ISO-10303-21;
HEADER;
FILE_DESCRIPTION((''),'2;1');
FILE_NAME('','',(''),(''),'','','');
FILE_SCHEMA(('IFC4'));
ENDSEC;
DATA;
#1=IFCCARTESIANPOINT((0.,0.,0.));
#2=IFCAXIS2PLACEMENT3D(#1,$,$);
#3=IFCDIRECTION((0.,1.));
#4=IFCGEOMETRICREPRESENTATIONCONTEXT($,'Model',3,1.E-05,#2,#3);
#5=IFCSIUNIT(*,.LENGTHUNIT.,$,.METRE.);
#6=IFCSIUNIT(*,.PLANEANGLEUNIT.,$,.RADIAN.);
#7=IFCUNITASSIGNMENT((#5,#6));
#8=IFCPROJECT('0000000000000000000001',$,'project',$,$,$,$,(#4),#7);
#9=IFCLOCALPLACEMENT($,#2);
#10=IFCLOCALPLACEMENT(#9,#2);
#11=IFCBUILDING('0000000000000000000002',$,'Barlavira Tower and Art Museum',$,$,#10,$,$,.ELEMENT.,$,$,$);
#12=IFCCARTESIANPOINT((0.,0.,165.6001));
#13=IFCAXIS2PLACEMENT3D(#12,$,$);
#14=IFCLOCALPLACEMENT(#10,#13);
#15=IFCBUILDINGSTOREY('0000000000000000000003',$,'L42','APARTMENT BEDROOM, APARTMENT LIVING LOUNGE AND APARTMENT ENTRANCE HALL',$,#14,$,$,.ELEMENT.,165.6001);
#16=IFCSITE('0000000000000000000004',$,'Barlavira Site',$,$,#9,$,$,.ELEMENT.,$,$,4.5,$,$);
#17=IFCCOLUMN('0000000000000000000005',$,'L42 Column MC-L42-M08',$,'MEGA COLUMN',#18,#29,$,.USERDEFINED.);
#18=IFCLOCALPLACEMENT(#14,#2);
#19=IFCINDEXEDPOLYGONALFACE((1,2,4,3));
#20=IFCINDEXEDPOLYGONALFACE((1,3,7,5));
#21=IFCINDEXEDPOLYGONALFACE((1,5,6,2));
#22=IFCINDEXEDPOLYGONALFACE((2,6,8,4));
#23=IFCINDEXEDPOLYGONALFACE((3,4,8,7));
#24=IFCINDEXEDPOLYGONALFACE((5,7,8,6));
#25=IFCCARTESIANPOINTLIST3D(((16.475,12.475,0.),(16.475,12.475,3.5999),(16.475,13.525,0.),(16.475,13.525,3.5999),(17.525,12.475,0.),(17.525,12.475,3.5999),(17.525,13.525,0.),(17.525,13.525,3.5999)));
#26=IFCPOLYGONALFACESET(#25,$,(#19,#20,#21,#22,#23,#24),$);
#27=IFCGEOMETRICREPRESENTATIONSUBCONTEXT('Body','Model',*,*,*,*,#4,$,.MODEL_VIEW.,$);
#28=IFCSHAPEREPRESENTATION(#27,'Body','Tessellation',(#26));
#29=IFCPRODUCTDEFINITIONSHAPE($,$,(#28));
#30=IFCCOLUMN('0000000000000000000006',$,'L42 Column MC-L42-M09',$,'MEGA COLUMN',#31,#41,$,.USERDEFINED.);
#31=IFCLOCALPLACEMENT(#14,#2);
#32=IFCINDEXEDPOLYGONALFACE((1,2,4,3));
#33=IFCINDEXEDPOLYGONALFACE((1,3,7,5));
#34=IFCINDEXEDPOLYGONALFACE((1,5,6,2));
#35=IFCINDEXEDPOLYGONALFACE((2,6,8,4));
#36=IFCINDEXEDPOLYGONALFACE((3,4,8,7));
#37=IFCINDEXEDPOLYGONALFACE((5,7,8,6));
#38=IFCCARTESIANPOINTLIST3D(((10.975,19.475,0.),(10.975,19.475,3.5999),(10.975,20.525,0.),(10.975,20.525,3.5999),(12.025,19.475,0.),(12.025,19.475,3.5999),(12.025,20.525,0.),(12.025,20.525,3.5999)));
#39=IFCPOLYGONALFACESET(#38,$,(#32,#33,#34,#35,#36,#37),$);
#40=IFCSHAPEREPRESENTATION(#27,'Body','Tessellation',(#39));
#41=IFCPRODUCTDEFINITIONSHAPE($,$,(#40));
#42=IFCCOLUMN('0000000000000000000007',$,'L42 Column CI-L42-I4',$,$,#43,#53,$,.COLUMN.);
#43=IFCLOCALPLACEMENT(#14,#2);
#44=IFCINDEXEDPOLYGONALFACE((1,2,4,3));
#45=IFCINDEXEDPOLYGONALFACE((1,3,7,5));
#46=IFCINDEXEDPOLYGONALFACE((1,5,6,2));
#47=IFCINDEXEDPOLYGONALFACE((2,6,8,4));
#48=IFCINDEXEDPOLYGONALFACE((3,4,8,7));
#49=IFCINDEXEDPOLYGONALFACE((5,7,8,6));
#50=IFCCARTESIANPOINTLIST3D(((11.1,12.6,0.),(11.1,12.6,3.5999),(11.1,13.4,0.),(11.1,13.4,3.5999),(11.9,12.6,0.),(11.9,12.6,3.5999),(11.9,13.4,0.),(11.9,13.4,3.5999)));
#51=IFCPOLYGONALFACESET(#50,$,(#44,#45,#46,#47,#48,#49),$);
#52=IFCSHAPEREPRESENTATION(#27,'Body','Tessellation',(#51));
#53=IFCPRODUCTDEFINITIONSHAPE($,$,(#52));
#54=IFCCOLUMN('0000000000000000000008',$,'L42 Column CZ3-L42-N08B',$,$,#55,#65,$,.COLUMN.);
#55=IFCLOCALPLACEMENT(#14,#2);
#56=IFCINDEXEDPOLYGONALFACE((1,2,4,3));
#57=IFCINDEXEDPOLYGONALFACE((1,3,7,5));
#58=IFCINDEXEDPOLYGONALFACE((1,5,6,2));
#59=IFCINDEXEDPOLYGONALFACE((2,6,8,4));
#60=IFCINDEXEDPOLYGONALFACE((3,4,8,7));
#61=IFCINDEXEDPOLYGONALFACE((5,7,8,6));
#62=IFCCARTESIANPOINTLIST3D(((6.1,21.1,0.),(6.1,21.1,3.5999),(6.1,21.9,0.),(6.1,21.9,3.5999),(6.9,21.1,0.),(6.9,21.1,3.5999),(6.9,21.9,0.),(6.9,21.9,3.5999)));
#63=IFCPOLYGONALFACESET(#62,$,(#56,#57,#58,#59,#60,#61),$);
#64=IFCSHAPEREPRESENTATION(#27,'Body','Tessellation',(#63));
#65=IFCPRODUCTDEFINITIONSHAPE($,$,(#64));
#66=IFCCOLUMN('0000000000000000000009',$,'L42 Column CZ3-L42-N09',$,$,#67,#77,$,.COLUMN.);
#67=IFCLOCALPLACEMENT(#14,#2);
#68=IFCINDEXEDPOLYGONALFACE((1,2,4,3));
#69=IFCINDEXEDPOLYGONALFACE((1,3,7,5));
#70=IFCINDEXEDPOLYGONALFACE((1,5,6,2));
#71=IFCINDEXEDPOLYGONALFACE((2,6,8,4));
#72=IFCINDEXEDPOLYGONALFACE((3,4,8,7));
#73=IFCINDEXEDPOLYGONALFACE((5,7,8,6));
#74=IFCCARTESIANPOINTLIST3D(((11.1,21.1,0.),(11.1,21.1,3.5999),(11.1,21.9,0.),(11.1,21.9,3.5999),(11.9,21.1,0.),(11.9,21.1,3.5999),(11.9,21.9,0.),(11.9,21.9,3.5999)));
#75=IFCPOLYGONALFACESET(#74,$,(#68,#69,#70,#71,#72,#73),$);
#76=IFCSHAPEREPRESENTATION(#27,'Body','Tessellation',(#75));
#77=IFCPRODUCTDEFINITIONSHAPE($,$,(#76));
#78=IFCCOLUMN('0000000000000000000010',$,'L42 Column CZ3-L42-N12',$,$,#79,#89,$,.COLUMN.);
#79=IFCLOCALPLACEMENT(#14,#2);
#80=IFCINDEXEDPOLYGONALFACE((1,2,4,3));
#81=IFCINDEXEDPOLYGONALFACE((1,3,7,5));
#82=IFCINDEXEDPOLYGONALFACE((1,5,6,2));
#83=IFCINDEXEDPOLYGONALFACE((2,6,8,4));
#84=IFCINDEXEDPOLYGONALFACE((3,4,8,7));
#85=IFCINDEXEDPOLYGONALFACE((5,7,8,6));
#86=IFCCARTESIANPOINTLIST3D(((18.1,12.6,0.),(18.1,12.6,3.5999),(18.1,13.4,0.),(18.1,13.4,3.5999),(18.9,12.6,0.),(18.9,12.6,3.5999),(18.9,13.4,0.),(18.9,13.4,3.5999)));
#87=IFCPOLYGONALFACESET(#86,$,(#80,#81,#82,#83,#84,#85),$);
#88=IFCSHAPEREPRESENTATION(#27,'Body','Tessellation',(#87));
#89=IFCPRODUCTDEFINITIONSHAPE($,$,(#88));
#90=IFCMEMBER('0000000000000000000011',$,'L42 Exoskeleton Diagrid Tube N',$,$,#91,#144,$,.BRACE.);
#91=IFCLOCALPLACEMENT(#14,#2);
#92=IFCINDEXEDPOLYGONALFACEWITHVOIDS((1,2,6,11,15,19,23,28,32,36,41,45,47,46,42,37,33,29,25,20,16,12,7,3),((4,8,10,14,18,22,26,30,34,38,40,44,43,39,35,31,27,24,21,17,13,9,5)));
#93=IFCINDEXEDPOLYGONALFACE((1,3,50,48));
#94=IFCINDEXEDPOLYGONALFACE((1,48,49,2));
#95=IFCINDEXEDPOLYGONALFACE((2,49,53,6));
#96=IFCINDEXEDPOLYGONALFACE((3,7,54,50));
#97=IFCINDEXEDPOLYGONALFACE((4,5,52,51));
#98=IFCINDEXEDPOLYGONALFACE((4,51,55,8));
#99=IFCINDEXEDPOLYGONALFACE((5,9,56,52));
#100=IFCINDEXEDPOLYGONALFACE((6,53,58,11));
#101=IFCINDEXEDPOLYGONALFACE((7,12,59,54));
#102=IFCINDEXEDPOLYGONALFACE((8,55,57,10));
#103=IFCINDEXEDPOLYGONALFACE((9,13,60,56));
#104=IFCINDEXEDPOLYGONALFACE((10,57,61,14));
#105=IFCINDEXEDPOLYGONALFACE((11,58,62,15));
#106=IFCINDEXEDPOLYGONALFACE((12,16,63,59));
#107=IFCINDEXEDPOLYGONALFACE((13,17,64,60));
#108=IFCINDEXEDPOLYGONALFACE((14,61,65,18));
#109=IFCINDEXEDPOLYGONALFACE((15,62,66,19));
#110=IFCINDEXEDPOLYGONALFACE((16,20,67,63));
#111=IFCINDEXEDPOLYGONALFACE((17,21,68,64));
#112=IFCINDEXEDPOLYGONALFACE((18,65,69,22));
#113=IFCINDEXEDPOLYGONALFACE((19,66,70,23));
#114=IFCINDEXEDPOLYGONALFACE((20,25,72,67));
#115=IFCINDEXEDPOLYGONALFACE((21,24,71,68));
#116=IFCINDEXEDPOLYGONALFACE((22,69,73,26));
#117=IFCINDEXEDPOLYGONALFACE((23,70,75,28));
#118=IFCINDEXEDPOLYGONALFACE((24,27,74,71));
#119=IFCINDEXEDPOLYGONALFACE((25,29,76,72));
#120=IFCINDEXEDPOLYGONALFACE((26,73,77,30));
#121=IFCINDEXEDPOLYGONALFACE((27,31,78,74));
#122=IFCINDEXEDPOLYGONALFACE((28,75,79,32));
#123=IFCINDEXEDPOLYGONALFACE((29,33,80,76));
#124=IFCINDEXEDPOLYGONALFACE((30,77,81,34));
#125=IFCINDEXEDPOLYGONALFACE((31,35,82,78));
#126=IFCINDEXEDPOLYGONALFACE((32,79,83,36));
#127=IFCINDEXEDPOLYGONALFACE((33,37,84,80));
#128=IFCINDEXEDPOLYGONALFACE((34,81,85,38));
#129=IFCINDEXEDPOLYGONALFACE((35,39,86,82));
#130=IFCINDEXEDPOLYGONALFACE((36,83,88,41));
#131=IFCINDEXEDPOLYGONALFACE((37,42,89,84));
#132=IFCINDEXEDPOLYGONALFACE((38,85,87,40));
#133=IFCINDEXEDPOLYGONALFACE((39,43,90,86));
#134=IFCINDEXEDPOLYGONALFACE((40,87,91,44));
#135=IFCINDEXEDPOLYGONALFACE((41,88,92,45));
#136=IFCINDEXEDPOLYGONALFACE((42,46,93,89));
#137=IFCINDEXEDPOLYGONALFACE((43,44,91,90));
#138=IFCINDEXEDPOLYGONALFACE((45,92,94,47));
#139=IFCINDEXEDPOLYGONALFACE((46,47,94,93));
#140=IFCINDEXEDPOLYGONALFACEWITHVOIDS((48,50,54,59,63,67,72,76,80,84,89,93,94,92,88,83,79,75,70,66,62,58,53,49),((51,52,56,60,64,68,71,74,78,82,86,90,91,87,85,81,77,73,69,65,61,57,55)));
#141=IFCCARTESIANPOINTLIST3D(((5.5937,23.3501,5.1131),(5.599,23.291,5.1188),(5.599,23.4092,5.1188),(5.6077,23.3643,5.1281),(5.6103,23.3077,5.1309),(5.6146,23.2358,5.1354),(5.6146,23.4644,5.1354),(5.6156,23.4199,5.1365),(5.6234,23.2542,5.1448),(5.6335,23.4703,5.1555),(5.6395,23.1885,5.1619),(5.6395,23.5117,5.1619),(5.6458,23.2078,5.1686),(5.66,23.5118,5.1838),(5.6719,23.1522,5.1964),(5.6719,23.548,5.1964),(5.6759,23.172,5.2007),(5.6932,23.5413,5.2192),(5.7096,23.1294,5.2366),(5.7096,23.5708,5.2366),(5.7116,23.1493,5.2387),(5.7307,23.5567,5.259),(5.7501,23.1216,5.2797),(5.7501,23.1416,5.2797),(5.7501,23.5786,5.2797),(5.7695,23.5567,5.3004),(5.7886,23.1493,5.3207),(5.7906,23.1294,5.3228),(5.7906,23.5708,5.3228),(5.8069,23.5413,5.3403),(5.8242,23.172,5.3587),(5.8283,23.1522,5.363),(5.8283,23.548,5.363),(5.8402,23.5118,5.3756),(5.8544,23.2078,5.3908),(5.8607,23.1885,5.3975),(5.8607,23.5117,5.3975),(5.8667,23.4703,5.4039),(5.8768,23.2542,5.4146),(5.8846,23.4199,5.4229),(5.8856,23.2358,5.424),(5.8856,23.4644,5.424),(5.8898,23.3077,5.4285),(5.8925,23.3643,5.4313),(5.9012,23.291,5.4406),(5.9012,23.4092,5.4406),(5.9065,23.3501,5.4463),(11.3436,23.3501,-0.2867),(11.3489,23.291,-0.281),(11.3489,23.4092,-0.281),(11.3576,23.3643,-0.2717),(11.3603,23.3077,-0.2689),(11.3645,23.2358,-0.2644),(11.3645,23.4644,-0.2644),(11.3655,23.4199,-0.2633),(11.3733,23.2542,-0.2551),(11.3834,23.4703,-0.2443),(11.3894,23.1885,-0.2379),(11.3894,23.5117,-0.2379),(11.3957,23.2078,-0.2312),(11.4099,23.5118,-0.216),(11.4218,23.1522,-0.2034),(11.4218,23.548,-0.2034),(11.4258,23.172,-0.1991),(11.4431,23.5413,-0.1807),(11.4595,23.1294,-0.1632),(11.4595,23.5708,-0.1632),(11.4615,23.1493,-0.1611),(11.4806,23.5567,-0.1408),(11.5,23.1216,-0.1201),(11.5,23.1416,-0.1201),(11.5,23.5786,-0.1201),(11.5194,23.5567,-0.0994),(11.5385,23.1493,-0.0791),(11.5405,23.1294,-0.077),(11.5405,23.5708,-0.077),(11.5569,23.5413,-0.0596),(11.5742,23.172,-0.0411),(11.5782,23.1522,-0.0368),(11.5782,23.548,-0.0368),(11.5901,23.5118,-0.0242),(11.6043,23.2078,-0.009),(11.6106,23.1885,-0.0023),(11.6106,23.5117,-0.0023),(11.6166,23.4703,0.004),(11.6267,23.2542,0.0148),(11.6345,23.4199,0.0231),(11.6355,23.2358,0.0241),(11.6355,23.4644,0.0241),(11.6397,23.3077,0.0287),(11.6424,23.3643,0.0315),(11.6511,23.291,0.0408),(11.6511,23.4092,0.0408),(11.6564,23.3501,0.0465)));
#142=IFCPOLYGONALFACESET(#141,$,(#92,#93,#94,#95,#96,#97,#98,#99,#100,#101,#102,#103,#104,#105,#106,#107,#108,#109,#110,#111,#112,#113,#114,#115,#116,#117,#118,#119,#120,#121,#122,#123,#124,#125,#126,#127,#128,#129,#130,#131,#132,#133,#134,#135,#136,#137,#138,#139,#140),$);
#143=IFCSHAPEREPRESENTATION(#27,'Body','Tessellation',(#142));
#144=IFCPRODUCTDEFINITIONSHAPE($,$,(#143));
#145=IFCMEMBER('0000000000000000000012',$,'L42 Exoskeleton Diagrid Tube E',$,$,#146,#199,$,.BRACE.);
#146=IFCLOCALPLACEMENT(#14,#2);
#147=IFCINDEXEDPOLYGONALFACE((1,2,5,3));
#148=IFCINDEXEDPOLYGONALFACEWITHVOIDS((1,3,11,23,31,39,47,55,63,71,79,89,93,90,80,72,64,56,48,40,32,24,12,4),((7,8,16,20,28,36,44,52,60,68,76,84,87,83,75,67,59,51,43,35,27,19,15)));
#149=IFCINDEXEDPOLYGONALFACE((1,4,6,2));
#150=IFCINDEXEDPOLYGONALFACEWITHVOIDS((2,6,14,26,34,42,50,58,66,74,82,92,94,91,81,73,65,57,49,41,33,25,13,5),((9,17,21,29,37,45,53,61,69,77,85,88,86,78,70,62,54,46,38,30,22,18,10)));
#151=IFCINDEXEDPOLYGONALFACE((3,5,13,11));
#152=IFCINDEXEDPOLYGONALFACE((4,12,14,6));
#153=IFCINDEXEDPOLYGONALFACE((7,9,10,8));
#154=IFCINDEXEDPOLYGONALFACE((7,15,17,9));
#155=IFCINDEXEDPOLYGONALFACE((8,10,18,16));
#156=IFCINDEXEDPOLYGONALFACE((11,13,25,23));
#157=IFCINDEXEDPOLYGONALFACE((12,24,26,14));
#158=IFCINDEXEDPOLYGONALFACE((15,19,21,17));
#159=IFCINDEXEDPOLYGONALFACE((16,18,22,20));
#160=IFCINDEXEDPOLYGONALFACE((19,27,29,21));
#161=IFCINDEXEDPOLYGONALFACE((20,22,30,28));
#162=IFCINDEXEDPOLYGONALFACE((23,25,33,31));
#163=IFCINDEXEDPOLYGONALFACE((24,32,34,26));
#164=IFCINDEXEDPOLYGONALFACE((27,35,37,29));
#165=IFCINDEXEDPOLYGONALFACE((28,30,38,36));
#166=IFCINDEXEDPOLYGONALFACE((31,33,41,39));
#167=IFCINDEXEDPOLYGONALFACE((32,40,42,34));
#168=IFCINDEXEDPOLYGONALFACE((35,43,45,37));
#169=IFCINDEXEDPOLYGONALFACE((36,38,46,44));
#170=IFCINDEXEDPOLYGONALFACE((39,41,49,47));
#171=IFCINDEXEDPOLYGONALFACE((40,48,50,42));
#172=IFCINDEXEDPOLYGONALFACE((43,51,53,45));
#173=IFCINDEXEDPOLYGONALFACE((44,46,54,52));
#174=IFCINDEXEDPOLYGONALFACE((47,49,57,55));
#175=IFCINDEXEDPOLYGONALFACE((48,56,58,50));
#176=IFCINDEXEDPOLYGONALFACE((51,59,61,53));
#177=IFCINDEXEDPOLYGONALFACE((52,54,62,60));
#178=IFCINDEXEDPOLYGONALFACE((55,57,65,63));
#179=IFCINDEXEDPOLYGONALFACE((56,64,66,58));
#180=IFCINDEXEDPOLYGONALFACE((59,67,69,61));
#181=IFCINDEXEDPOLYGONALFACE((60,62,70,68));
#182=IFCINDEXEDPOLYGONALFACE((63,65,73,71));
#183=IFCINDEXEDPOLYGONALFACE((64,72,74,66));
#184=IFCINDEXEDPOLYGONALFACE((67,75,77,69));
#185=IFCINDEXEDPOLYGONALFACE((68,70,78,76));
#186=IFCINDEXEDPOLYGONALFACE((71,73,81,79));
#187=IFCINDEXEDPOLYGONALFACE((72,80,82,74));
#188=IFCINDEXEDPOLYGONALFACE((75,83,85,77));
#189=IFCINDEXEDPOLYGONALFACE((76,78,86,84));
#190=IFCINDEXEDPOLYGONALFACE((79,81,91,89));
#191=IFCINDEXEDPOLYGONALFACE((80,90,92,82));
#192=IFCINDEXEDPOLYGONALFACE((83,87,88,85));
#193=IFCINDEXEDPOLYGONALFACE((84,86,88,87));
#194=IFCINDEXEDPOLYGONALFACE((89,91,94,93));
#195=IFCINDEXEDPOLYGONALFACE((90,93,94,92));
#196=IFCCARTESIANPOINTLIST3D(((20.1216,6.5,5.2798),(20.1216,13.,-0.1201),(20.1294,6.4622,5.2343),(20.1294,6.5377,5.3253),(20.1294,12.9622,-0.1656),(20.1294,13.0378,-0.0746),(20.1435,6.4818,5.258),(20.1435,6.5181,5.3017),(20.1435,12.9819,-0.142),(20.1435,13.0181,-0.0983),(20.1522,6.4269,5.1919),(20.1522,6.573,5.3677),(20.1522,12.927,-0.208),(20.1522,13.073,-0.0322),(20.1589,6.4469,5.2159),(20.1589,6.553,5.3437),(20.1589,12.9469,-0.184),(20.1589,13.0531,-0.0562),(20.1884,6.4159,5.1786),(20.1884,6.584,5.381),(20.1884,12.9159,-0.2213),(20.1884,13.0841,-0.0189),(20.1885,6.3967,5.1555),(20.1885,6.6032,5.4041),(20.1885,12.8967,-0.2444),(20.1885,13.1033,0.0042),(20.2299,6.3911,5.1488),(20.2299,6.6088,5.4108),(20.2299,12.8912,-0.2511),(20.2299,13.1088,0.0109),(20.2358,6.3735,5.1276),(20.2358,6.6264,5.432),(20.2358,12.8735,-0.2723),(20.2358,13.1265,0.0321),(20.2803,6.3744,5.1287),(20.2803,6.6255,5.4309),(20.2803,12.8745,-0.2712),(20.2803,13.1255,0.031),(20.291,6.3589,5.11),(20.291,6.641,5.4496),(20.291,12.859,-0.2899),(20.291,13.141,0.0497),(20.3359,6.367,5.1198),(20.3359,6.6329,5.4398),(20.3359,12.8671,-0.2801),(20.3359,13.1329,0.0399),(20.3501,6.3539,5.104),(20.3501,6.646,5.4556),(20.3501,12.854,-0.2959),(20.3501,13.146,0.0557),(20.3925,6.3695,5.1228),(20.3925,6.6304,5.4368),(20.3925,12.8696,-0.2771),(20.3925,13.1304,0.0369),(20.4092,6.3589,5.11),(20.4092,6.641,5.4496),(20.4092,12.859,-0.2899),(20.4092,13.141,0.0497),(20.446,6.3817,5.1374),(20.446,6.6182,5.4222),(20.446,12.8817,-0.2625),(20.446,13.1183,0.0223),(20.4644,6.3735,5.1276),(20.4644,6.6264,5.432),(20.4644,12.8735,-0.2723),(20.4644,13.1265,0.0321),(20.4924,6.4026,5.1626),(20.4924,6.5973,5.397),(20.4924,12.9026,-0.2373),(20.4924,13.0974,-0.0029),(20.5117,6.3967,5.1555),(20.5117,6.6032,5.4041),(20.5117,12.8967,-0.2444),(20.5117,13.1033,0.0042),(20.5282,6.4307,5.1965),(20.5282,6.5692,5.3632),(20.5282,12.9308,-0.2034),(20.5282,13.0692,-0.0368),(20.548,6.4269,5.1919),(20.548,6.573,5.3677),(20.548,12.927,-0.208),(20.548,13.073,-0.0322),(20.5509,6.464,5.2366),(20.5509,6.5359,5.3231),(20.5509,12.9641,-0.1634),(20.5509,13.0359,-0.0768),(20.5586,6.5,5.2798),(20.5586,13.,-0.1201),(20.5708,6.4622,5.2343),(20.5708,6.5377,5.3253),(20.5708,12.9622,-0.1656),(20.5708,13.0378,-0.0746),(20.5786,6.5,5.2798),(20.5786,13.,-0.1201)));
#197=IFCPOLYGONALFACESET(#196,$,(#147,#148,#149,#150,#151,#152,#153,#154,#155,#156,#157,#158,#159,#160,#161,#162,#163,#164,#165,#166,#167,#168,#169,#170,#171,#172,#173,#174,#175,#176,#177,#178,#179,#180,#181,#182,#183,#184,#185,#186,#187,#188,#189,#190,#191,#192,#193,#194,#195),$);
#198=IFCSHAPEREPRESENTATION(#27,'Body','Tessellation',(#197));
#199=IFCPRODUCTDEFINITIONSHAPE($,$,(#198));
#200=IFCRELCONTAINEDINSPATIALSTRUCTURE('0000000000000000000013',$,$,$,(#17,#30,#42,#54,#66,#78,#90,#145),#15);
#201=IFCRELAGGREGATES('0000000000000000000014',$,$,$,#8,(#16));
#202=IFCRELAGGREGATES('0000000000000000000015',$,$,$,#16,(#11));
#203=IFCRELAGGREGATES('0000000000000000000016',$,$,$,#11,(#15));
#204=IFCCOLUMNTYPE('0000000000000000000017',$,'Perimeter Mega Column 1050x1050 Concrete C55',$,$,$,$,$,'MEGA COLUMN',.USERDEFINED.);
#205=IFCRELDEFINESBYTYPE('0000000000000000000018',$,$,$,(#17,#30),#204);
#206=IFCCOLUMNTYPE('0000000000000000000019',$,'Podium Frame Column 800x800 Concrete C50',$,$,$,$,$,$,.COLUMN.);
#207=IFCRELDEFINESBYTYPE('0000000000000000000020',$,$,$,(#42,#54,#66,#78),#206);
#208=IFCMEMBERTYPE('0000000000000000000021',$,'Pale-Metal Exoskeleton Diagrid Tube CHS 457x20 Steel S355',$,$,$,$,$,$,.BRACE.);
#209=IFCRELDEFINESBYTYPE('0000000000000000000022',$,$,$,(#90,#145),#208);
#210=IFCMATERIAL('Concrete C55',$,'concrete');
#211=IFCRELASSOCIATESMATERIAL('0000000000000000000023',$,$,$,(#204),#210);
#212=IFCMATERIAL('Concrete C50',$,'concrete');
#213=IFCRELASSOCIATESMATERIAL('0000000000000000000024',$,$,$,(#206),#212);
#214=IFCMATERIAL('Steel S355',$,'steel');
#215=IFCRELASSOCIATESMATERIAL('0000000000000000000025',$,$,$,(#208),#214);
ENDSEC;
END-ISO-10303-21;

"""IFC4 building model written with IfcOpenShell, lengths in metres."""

from ifc_helpers import new_model, si_unit, direction, frame, origin, origin_2d, place, context, subcontext, project, spatial, rectangle, hollow_circle, extrude, material, material_profile, profile_set, type_object, element, save


model = new_model("IFC4")

# Units and contexts
model_context = context("Model", 3, precision=1e-05, world=origin(), true_north=direction((0.0, 1.0)))
body_context = subcontext(model_context, "Body", "Model", "MODEL_VIEW")
ifc_project = project(units=[si_unit("LENGTHUNIT", "METRE"), si_unit("PLANEANGLEUNIT", "RADIAN")], contexts=[model_context])

# Site, building, storey
site_placement = place(None, origin())
site = spatial("IfcSite", under=ifc_project, at=site_placement, Name="Barlavira Site", CompositionType="ELEMENT", RefElevation=4.5)
building_placement = place(site_placement, origin())
building = spatial("IfcBuilding", under=site, at=building_placement, Name="Barlavira Tower and Art Museum", CompositionType="ELEMENT")
storey_placement = place(building_placement, frame((0.0, 0.0, 165.6001)))
storey = spatial("IfcBuildingStorey", under=building, at=storey_placement, Name="L42", Description="APARTMENT BEDROOM, APARTMENT LIVING LOUNGE AND APARTMENT ENTRANCE HALL", CompositionType="ELEMENT", Elevation=165.6001)

# Columns
ifc_material_1 = material(Name="Concrete C55", Category="concrete")
ifc_material_profile_1 = material_profile(ifc_material_1, rectangle(XDim=1.05, YDim=1.05, at=origin_2d()), Name="RC-COL 1050x1050")
ifc_profile_set_1 = profile_set([ifc_material_profile_1], Name="Concrete C55")
column_type_1 = type_object("IfcColumnType", Name="Perimeter Mega Column 1050x1050 Concrete C55", ElementType="MEGA COLUMN", PredefinedType="USERDEFINED", material=ifc_profile_set_1)
for number, where, z_axis, x_axis, name in (
    (1, (17.0, 13.0, 0.0), (0.0, 0.0, 1.0), (1.0, 0.0, 0.0), "L42 Column MC-L42-M08"),
    (2, (11.5, 20.0, 0.0), (0.0, 0.0, 1.0), (1.0, 0.0, 0.0), "L42 Column MC-L42-M09"),
):
    element("IfcColumn", number, at=place(storey_placement, frame(where, z_axis=z_axis, x_axis=x_axis)), inside=storey, type_object=column_type_1, Name=name, ObjectType="MEGA COLUMN", PredefinedType="USERDEFINED", context=body_context, shape_type="SweptSolid", body=[
        extrude(rectangle(XDim=1.05, YDim=1.05, at=origin_2d()), origin(), (0.0, 0.0, 1.0), 3.5999),
    ])
ifc_material_2 = material(Name="Concrete C50", Category="concrete")
ifc_material_profile_2 = material_profile(ifc_material_2, rectangle(XDim=0.8, YDim=0.8, at=origin_2d()), Name="RC-COL 800x800")
ifc_profile_set_2 = profile_set([ifc_material_profile_2], Name="Concrete C50")
column_type_2 = type_object("IfcColumnType", Name="Podium Frame Column 800x800 Concrete C50", PredefinedType="COLUMN", material=ifc_profile_set_2)
for number, where, z_axis, x_axis, name in (
    (3, (11.5, 13.0, 0.0), (0.0, 0.0, 1.0), (1.0, 0.0, 0.0), "L42 Column CI-L42-I4"),
    (4, (6.5, 21.5, 0.0), (0.0, 0.0, 1.0), (1.0, 0.0, 0.0), "L42 Column CZ3-L42-N08B"),
    (5, (11.5, 21.5, 0.0), (0.0, 0.0, 1.0), (1.0, 0.0, 0.0), "L42 Column CZ3-L42-N09"),
    (6, (18.5, 13.0, 0.0), (0.0, 0.0, 1.0), (1.0, 0.0, 0.0), "L42 Column CZ3-L42-N12"),
):
    element("IfcColumn", number, at=place(storey_placement, frame(where, z_axis=z_axis, x_axis=x_axis)), inside=storey, type_object=column_type_2, Name=name, PredefinedType="COLUMN", context=body_context, shape_type="SweptSolid", body=[
        extrude(rectangle(XDim=0.8, YDim=0.8, at=origin_2d()), origin(), (0.0, 0.0, 1.0), 3.5999),
    ])

# Members
ifc_material_3 = material(Name="Steel S355", Category="steel")
ifc_material_profile_3 = material_profile(ifc_material_3, hollow_circle(Radius=0.2285, WallThickness=0.02, at=origin_2d()), Name="CHS 457.0x20.0")
ifc_profile_set_3 = profile_set([ifc_material_profile_3], Name="Steel S355")
member_type_1 = type_object("IfcMemberType", Name="Pale-Metal Exoskeleton Diagrid Tube CHS 457x20 Steel S355", PredefinedType="BRACE", material=ifc_profile_set_3)
member_1_placement = place(storey_placement, frame((11.5, 23.3501, -0.1201), z_axis=(-0.72895, 0.0, 0.684567), x_axis=(0.0, -1.0, 0.0)))
element("IfcMember", 7, at=member_1_placement, inside=storey, type_object=member_type_1, Name="L42 Exoskeleton Diagrid Tube N", PredefinedType="BRACE", context=body_context, shape_type="SweptSolid", body=[
    extrude(hollow_circle(Radius=0.2285, WallThickness=0.02, at=origin_2d()), origin(), (0.0, 0.0, 1.0), 7.8879),
])
member_2_placement = place(storey_placement, frame((20.3501, 13.0, -0.1201), z_axis=(0.0, -0.769196, 0.639013), x_axis=(1.0, 0.0, 0.0)))
element("IfcMember", 8, at=member_2_placement, inside=storey, type_object=member_type_1, Name="L42 Exoskeleton Diagrid Tube E", PredefinedType="BRACE", context=body_context, shape_type="SweptSolid", body=[
    extrude(hollow_circle(Radius=0.2285, WallThickness=0.02, at=origin_2d()), origin(), (0.0, 0.0, 1.0), 8.4504),
])

save(model, "model.ifc")
